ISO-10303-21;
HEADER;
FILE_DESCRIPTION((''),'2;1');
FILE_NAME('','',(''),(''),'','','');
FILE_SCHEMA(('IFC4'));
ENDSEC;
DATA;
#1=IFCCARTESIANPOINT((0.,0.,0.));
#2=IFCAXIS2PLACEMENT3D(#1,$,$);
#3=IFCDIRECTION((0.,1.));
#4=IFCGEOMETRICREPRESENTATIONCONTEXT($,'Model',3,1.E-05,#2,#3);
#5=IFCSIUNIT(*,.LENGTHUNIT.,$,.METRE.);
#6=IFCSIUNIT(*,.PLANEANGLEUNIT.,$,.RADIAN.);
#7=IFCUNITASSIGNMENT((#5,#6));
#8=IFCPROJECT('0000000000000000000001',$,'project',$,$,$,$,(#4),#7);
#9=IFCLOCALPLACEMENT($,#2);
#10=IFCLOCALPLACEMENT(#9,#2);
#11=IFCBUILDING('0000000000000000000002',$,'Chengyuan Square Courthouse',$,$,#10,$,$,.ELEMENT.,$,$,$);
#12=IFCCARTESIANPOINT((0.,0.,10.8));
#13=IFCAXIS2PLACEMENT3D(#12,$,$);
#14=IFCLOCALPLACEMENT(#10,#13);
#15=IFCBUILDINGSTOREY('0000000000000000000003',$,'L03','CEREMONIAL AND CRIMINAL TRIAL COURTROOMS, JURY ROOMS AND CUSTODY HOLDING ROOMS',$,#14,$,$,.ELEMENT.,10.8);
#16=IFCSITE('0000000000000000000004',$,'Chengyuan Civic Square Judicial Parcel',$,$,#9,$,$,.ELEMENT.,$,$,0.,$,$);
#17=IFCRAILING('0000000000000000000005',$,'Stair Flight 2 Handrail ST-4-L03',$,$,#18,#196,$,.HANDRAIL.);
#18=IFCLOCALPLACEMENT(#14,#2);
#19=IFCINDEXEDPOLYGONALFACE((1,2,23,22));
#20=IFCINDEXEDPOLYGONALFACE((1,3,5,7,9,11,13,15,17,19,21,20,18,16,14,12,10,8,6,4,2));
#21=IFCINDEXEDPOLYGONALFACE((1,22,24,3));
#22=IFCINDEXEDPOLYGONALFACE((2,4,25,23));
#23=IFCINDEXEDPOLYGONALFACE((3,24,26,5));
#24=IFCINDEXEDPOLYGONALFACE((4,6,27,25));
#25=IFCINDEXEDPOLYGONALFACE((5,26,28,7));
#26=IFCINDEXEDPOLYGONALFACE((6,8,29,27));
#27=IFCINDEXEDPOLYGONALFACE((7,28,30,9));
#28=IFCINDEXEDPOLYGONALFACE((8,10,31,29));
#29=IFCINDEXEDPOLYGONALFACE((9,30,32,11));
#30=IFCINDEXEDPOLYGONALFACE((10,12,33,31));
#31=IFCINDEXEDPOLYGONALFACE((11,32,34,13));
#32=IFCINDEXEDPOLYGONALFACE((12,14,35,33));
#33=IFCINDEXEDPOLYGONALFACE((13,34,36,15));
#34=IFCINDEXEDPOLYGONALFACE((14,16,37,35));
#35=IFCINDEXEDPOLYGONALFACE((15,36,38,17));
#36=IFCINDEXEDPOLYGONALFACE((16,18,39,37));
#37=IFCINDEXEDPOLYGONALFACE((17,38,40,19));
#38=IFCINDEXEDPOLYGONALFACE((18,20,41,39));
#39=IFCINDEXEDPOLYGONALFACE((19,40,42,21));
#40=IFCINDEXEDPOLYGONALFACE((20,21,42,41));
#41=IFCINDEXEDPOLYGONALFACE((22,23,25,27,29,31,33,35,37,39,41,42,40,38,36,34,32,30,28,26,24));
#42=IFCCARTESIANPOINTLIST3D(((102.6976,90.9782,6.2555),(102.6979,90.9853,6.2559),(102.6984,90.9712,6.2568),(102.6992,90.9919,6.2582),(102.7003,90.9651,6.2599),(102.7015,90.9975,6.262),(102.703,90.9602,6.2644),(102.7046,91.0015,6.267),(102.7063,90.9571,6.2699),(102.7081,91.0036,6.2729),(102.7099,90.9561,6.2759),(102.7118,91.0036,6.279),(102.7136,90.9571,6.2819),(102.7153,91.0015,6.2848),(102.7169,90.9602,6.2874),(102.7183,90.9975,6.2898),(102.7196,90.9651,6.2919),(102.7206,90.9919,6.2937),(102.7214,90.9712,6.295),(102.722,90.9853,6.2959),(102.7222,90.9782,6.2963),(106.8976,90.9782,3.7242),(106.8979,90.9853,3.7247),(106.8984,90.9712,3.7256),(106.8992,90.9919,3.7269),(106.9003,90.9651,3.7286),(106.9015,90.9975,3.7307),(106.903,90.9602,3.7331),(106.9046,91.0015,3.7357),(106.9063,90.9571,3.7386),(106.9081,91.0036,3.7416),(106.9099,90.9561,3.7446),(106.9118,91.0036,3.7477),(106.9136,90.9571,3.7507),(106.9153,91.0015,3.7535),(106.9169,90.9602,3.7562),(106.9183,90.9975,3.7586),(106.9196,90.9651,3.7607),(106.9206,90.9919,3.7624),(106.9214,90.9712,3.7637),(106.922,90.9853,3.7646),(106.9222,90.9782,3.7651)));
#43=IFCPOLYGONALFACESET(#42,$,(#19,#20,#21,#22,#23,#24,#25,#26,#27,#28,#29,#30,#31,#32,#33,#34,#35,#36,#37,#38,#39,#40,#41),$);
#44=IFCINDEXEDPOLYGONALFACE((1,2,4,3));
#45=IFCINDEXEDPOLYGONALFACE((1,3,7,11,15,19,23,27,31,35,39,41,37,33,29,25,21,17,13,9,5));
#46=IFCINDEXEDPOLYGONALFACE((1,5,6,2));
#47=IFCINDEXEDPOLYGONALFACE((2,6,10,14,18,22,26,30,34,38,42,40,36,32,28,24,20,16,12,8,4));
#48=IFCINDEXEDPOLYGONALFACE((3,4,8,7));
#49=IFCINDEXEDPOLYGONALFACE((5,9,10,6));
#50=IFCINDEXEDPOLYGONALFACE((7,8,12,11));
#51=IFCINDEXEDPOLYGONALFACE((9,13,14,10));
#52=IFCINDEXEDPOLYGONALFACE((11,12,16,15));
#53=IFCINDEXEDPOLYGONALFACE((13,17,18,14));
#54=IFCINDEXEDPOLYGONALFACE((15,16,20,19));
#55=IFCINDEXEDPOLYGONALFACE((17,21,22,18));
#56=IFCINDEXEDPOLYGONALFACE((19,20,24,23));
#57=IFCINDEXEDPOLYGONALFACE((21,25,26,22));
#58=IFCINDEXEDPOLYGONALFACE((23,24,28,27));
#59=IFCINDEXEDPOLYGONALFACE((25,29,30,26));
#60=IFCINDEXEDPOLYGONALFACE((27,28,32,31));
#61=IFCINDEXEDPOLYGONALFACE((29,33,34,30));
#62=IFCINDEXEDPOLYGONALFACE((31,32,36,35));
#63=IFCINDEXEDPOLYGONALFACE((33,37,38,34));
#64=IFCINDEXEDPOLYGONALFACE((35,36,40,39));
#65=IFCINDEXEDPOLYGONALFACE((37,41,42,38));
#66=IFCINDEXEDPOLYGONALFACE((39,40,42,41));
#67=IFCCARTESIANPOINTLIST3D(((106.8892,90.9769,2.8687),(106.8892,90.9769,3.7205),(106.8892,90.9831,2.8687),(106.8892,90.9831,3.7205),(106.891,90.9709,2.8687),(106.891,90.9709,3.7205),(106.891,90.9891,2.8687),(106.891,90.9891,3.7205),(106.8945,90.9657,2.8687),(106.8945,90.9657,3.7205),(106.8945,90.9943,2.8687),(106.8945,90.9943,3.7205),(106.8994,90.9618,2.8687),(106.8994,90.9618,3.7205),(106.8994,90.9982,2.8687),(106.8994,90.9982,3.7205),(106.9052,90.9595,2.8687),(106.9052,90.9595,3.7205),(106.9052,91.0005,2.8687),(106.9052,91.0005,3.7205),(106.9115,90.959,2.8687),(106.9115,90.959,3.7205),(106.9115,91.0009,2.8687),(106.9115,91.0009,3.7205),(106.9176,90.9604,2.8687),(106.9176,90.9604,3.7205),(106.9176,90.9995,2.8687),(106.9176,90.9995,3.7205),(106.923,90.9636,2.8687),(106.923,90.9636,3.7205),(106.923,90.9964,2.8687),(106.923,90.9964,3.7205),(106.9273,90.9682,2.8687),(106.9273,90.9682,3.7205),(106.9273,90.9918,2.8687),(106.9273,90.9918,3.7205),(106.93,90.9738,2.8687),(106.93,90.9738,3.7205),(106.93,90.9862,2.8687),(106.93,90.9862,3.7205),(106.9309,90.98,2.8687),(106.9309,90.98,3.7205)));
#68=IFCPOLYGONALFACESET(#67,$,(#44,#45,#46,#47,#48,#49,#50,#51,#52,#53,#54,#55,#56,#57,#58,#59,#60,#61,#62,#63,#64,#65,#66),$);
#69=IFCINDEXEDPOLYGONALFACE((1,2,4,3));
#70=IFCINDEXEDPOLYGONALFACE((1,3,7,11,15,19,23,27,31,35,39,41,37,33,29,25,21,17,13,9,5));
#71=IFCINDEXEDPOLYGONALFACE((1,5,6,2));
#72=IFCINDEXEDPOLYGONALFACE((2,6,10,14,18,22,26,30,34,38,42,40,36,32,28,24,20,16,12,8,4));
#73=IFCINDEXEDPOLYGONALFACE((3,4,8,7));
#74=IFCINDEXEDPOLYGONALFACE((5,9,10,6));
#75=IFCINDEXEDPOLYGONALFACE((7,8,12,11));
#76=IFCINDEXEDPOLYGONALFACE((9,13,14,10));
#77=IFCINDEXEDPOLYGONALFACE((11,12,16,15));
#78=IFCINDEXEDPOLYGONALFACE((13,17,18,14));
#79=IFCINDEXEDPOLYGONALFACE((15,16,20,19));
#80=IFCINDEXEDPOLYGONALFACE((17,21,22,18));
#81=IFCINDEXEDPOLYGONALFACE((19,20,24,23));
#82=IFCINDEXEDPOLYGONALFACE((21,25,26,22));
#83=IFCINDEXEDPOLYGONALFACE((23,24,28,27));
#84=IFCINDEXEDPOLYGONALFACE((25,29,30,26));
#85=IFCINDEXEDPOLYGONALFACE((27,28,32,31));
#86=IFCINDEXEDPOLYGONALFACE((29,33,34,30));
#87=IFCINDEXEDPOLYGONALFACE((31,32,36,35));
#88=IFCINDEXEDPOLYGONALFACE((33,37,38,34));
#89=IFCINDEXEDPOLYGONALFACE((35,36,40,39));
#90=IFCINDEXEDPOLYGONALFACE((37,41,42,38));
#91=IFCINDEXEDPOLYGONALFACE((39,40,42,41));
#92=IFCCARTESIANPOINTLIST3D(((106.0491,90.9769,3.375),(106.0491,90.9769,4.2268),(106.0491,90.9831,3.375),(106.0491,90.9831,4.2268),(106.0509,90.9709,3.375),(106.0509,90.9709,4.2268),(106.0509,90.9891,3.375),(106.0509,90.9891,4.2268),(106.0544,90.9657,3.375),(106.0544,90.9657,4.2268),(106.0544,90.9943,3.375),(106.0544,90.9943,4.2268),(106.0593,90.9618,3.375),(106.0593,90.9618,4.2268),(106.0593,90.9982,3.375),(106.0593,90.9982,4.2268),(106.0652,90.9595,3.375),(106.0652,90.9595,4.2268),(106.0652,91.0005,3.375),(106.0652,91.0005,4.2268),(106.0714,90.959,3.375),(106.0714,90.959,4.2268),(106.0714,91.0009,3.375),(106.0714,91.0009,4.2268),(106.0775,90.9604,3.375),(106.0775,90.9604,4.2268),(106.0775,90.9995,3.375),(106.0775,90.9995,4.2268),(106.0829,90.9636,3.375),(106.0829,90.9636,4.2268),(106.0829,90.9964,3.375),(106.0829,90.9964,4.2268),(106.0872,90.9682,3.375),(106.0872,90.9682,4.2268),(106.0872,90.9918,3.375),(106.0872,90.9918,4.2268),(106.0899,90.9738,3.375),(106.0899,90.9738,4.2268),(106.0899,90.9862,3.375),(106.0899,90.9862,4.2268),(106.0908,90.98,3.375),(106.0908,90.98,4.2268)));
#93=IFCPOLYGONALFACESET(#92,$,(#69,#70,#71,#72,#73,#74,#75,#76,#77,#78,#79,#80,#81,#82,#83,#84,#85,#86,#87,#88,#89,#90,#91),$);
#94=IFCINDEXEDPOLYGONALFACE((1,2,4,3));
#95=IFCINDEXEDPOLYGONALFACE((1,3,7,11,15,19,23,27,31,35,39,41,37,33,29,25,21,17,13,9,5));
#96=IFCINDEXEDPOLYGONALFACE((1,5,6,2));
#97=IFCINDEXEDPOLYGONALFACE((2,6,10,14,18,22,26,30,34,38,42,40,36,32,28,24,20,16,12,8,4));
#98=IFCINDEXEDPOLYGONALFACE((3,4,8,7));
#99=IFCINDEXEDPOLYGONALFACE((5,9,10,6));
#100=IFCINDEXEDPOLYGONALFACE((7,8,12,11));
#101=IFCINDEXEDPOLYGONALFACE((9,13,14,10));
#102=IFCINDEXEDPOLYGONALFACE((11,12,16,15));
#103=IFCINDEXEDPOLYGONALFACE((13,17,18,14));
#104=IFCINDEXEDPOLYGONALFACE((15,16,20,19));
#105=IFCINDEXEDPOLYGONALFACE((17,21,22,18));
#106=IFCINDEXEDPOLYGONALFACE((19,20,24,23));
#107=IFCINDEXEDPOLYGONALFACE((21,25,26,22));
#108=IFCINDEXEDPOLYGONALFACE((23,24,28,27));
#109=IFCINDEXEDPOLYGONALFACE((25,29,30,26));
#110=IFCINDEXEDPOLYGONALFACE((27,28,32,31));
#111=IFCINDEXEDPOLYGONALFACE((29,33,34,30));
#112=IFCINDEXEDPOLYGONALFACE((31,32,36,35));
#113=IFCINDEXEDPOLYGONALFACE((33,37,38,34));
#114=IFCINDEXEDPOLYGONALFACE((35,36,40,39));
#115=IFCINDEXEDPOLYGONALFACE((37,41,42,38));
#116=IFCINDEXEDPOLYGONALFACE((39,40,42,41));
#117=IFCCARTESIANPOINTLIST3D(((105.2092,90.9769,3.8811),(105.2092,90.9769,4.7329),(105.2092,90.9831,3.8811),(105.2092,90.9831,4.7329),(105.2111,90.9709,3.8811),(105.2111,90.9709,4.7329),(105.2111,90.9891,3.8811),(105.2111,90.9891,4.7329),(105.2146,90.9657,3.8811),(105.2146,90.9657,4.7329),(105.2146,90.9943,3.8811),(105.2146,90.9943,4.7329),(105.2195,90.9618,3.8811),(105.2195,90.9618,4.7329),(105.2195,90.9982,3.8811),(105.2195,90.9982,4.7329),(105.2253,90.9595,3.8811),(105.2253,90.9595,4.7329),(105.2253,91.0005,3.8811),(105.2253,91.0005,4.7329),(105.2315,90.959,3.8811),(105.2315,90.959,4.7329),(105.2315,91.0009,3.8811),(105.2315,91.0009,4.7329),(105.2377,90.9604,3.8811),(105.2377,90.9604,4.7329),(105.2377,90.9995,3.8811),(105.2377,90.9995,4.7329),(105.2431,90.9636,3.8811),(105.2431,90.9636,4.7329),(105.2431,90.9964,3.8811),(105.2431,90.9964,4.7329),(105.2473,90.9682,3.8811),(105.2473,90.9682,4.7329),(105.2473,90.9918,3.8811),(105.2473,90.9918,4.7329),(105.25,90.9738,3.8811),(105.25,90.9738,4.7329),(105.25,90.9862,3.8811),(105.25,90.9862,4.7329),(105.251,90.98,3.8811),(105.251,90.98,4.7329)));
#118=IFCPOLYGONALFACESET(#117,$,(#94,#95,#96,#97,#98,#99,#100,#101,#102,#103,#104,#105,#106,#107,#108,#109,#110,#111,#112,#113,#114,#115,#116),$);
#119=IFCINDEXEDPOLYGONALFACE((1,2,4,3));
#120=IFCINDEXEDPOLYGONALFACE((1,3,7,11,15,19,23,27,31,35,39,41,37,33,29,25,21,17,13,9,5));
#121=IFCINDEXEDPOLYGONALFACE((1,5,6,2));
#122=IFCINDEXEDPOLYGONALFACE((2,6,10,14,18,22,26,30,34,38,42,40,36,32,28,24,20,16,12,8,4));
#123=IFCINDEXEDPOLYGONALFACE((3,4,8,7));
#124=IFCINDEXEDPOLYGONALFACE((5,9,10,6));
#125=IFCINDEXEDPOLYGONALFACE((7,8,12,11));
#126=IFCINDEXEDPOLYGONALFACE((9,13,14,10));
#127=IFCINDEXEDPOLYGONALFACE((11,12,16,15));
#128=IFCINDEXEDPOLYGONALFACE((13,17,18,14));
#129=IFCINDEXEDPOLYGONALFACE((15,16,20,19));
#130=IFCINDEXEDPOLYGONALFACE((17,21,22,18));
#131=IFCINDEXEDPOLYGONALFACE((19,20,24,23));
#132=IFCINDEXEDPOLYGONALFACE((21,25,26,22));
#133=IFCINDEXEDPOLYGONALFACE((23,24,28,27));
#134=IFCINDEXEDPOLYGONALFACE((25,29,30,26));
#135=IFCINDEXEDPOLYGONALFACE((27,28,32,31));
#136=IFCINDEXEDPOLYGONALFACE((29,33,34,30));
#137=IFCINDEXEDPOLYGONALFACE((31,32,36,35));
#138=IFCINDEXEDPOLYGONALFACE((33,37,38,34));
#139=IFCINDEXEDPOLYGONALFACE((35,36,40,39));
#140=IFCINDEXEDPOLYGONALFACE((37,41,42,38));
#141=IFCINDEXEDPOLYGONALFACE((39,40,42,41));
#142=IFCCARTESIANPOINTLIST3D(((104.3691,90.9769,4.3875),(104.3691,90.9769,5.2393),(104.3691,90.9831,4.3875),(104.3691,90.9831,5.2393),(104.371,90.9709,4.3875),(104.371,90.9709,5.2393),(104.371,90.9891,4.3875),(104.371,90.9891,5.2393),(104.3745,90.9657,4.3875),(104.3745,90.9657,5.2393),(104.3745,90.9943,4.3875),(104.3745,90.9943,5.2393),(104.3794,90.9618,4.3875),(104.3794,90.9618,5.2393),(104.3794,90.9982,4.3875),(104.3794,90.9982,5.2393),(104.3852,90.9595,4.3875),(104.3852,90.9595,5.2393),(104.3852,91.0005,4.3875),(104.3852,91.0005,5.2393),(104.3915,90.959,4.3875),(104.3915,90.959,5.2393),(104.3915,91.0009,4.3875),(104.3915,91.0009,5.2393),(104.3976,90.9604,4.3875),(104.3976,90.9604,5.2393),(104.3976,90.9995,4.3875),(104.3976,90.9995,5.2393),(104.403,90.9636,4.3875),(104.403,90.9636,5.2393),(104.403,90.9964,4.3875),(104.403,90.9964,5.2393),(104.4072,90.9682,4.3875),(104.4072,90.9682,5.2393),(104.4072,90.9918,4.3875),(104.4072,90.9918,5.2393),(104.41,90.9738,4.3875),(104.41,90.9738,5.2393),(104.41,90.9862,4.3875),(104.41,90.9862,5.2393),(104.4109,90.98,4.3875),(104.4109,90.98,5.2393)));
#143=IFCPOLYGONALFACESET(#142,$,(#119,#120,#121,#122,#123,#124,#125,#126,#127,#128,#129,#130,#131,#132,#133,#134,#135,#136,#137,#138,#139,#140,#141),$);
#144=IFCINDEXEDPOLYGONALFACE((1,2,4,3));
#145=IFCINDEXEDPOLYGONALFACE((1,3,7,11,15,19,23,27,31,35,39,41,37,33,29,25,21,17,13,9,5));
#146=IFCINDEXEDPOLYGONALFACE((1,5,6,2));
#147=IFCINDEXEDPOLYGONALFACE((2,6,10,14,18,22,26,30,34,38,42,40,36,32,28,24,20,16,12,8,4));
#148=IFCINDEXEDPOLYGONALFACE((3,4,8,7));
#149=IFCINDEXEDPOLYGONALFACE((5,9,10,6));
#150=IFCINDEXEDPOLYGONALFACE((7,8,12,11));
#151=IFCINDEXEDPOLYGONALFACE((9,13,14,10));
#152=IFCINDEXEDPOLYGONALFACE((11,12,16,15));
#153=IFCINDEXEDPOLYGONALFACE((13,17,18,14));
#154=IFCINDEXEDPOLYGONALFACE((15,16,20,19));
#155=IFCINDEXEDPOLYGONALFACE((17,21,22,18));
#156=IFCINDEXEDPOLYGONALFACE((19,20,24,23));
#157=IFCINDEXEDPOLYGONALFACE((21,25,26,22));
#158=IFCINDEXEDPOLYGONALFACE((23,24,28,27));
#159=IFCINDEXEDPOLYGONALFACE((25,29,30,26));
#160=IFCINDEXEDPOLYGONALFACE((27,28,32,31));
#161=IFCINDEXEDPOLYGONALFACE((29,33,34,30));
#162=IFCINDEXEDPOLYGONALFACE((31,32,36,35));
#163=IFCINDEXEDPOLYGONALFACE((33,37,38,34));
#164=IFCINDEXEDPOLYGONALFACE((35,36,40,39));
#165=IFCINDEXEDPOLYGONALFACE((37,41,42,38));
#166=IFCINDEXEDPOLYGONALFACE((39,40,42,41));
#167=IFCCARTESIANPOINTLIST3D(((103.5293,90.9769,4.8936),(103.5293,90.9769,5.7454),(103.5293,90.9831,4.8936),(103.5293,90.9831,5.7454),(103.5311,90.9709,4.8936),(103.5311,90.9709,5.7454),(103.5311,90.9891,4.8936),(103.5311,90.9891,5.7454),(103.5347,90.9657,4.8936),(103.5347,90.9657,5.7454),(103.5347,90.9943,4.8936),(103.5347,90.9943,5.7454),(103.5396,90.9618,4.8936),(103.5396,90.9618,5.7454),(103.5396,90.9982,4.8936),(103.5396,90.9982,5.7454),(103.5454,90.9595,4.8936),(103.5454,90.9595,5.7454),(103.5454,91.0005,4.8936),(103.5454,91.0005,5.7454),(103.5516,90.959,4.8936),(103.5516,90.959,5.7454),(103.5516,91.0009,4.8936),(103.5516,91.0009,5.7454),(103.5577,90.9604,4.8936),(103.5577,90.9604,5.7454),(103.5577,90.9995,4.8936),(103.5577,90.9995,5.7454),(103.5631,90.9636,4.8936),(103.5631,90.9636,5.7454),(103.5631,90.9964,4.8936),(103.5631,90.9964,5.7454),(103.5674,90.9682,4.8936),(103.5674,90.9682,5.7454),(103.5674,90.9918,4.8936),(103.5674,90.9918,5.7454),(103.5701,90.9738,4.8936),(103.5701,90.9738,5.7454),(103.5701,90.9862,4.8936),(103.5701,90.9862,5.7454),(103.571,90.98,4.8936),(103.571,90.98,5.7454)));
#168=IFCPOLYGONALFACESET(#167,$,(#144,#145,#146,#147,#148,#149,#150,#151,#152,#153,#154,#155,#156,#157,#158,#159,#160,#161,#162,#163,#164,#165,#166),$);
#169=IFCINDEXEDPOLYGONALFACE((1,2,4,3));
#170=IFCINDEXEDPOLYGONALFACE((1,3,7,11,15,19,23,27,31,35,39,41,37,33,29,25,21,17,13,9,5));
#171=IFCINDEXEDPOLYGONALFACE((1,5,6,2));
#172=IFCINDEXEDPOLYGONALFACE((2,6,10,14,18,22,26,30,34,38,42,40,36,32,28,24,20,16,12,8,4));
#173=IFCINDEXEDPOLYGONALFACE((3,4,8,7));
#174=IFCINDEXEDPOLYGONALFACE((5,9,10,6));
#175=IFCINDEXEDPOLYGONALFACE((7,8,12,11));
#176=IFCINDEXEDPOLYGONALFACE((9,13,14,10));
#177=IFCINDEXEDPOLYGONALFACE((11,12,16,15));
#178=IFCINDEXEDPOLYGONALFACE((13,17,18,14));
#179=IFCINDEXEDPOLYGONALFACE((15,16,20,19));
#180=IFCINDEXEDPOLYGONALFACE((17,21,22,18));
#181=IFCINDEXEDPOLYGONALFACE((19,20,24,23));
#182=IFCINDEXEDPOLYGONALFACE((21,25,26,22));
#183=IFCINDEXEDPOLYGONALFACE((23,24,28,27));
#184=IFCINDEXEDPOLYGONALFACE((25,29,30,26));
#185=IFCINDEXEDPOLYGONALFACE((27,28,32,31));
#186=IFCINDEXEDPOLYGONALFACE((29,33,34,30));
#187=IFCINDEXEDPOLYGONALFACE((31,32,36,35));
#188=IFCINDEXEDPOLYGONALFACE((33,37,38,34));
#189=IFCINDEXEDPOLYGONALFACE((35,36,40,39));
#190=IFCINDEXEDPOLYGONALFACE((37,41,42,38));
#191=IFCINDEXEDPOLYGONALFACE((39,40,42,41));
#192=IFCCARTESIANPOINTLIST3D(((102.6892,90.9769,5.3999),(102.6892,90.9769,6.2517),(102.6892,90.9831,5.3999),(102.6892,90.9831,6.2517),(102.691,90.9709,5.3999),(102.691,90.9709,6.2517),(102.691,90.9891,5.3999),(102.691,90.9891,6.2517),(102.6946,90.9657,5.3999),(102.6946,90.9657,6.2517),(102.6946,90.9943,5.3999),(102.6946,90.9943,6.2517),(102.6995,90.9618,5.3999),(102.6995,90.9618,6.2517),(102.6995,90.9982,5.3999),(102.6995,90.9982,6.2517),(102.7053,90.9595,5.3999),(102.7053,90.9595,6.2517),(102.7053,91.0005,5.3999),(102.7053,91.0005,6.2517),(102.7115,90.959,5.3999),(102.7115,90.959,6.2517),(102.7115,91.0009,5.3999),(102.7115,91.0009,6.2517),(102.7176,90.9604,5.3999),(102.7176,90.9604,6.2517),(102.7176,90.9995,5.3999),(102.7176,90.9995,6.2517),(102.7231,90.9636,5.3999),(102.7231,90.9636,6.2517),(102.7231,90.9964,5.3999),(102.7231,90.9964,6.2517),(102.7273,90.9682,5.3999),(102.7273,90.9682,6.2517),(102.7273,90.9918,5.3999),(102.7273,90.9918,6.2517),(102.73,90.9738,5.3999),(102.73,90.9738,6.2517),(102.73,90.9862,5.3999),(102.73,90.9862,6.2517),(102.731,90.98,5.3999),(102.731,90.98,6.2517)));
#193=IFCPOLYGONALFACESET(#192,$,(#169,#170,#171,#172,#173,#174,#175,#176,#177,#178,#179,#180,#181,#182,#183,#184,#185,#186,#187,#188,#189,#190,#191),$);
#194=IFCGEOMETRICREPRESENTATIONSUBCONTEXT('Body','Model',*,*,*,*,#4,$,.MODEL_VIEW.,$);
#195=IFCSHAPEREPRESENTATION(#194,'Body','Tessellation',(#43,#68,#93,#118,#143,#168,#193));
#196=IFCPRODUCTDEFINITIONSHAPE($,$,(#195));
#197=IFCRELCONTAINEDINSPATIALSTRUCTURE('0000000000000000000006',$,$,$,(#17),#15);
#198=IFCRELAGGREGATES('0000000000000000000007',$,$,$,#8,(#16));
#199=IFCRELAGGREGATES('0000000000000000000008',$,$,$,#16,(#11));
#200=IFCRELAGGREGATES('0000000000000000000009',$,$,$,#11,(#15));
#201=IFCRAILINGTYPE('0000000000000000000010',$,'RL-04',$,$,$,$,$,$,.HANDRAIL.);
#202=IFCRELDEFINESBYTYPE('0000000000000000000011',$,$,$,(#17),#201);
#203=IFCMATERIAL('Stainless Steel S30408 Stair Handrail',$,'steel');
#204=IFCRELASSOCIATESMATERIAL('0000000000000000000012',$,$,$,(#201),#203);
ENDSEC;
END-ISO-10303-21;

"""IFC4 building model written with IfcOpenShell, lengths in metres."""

from ifc_helpers import new_model, si_unit, direction, frame, origin, origin_2d, place, context, subcontext, project, spatial, circle, extrude, material, type_object, element, save


model = new_model("IFC4")

# Units and contexts
model_context = context("Model", 3, precision=1e-05, world=origin(), true_north=direction((0.0, 1.0)))
body_context = subcontext(model_context, "Body", "Model", "MODEL_VIEW")
ifc_project = project(units=[si_unit("LENGTHUNIT", "METRE"), si_unit("PLANEANGLEUNIT", "RADIAN")], contexts=[model_context])

# Site, building, storey
site_placement = place(None, origin())
site = spatial("IfcSite", under=ifc_project, at=site_placement, Name="Chengyuan Civic Square Judicial Parcel", CompositionType="ELEMENT", RefElevation=0.0)
building_placement = place(site_placement, origin())
building = spatial("IfcBuilding", under=site, at=building_placement, Name="Chengyuan Square Courthouse", CompositionType="ELEMENT")
storey_placement = place(building_placement, frame((0.0, 0.0, 10.8)))
storey = spatial("IfcBuildingStorey", under=building, at=storey_placement, Name="L03", Description="CEREMONIAL AND CRIMINAL TRIAL COURTROOMS, JURY ROOMS AND CUSTODY HOLDING ROOMS", CompositionType="ELEMENT", Elevation=10.8)

# Railing
ifc_material_1 = material(Name="Stainless Steel S30408 Stair Handrail", Category="steel")
railing_type_1 = type_object("IfcRailingType", Name="RL-04", PredefinedType="HANDRAIL", material=ifc_material_1)
railing_1_placement = place(storey_placement, frame((106.9099, 90.98, 2.8687)))
element("IfcRailing", 1, at=railing_1_placement, inside=storey, type_object=railing_type_1, Name="Stair Flight 2 Handrail ST-4-L03", PredefinedType="HANDRAIL", context=body_context, shape_type="SweptSolid", body=[
    extrude(circle(Radius=0.0239, at=origin_2d()), frame((0.0, 0.0, 0.876), z_axis=(-0.856476, 0.0, 0.516186), x_axis=(0.0, -1.0, 0.0)), (0.0, 0.0, 1.0), 4.9038),
    extrude(circle(Radius=0.021, at=origin_2d()), origin(), (0.0, 0.0, 1.0), 0.8518),
    extrude(circle(Radius=0.021, at=origin_2d()), frame((-0.8401, 0.0, 0.5063)), (0.0, 0.0, 1.0), 0.8518),
    extrude(circle(Radius=0.021, at=origin_2d()), frame((-1.6799, 0.0, 1.0125)), (0.0, 0.0, 1.0), 0.8518),
    extrude(circle(Radius=0.021, at=origin_2d()), frame((-2.52, 0.0, 1.5188)), (0.0, 0.0, 1.0), 0.8518),
    extrude(circle(Radius=0.021, at=origin_2d()), frame((-3.3599, 0.0, 2.0249)), (0.0, 0.0, 1.0), 0.8518),
    extrude(circle(Radius=0.021, at=origin_2d()), frame((-4.2, 0.0, 2.5312)), (0.0, 0.0, 1.0), 0.8518),
])

save(model, "model.ifc")
